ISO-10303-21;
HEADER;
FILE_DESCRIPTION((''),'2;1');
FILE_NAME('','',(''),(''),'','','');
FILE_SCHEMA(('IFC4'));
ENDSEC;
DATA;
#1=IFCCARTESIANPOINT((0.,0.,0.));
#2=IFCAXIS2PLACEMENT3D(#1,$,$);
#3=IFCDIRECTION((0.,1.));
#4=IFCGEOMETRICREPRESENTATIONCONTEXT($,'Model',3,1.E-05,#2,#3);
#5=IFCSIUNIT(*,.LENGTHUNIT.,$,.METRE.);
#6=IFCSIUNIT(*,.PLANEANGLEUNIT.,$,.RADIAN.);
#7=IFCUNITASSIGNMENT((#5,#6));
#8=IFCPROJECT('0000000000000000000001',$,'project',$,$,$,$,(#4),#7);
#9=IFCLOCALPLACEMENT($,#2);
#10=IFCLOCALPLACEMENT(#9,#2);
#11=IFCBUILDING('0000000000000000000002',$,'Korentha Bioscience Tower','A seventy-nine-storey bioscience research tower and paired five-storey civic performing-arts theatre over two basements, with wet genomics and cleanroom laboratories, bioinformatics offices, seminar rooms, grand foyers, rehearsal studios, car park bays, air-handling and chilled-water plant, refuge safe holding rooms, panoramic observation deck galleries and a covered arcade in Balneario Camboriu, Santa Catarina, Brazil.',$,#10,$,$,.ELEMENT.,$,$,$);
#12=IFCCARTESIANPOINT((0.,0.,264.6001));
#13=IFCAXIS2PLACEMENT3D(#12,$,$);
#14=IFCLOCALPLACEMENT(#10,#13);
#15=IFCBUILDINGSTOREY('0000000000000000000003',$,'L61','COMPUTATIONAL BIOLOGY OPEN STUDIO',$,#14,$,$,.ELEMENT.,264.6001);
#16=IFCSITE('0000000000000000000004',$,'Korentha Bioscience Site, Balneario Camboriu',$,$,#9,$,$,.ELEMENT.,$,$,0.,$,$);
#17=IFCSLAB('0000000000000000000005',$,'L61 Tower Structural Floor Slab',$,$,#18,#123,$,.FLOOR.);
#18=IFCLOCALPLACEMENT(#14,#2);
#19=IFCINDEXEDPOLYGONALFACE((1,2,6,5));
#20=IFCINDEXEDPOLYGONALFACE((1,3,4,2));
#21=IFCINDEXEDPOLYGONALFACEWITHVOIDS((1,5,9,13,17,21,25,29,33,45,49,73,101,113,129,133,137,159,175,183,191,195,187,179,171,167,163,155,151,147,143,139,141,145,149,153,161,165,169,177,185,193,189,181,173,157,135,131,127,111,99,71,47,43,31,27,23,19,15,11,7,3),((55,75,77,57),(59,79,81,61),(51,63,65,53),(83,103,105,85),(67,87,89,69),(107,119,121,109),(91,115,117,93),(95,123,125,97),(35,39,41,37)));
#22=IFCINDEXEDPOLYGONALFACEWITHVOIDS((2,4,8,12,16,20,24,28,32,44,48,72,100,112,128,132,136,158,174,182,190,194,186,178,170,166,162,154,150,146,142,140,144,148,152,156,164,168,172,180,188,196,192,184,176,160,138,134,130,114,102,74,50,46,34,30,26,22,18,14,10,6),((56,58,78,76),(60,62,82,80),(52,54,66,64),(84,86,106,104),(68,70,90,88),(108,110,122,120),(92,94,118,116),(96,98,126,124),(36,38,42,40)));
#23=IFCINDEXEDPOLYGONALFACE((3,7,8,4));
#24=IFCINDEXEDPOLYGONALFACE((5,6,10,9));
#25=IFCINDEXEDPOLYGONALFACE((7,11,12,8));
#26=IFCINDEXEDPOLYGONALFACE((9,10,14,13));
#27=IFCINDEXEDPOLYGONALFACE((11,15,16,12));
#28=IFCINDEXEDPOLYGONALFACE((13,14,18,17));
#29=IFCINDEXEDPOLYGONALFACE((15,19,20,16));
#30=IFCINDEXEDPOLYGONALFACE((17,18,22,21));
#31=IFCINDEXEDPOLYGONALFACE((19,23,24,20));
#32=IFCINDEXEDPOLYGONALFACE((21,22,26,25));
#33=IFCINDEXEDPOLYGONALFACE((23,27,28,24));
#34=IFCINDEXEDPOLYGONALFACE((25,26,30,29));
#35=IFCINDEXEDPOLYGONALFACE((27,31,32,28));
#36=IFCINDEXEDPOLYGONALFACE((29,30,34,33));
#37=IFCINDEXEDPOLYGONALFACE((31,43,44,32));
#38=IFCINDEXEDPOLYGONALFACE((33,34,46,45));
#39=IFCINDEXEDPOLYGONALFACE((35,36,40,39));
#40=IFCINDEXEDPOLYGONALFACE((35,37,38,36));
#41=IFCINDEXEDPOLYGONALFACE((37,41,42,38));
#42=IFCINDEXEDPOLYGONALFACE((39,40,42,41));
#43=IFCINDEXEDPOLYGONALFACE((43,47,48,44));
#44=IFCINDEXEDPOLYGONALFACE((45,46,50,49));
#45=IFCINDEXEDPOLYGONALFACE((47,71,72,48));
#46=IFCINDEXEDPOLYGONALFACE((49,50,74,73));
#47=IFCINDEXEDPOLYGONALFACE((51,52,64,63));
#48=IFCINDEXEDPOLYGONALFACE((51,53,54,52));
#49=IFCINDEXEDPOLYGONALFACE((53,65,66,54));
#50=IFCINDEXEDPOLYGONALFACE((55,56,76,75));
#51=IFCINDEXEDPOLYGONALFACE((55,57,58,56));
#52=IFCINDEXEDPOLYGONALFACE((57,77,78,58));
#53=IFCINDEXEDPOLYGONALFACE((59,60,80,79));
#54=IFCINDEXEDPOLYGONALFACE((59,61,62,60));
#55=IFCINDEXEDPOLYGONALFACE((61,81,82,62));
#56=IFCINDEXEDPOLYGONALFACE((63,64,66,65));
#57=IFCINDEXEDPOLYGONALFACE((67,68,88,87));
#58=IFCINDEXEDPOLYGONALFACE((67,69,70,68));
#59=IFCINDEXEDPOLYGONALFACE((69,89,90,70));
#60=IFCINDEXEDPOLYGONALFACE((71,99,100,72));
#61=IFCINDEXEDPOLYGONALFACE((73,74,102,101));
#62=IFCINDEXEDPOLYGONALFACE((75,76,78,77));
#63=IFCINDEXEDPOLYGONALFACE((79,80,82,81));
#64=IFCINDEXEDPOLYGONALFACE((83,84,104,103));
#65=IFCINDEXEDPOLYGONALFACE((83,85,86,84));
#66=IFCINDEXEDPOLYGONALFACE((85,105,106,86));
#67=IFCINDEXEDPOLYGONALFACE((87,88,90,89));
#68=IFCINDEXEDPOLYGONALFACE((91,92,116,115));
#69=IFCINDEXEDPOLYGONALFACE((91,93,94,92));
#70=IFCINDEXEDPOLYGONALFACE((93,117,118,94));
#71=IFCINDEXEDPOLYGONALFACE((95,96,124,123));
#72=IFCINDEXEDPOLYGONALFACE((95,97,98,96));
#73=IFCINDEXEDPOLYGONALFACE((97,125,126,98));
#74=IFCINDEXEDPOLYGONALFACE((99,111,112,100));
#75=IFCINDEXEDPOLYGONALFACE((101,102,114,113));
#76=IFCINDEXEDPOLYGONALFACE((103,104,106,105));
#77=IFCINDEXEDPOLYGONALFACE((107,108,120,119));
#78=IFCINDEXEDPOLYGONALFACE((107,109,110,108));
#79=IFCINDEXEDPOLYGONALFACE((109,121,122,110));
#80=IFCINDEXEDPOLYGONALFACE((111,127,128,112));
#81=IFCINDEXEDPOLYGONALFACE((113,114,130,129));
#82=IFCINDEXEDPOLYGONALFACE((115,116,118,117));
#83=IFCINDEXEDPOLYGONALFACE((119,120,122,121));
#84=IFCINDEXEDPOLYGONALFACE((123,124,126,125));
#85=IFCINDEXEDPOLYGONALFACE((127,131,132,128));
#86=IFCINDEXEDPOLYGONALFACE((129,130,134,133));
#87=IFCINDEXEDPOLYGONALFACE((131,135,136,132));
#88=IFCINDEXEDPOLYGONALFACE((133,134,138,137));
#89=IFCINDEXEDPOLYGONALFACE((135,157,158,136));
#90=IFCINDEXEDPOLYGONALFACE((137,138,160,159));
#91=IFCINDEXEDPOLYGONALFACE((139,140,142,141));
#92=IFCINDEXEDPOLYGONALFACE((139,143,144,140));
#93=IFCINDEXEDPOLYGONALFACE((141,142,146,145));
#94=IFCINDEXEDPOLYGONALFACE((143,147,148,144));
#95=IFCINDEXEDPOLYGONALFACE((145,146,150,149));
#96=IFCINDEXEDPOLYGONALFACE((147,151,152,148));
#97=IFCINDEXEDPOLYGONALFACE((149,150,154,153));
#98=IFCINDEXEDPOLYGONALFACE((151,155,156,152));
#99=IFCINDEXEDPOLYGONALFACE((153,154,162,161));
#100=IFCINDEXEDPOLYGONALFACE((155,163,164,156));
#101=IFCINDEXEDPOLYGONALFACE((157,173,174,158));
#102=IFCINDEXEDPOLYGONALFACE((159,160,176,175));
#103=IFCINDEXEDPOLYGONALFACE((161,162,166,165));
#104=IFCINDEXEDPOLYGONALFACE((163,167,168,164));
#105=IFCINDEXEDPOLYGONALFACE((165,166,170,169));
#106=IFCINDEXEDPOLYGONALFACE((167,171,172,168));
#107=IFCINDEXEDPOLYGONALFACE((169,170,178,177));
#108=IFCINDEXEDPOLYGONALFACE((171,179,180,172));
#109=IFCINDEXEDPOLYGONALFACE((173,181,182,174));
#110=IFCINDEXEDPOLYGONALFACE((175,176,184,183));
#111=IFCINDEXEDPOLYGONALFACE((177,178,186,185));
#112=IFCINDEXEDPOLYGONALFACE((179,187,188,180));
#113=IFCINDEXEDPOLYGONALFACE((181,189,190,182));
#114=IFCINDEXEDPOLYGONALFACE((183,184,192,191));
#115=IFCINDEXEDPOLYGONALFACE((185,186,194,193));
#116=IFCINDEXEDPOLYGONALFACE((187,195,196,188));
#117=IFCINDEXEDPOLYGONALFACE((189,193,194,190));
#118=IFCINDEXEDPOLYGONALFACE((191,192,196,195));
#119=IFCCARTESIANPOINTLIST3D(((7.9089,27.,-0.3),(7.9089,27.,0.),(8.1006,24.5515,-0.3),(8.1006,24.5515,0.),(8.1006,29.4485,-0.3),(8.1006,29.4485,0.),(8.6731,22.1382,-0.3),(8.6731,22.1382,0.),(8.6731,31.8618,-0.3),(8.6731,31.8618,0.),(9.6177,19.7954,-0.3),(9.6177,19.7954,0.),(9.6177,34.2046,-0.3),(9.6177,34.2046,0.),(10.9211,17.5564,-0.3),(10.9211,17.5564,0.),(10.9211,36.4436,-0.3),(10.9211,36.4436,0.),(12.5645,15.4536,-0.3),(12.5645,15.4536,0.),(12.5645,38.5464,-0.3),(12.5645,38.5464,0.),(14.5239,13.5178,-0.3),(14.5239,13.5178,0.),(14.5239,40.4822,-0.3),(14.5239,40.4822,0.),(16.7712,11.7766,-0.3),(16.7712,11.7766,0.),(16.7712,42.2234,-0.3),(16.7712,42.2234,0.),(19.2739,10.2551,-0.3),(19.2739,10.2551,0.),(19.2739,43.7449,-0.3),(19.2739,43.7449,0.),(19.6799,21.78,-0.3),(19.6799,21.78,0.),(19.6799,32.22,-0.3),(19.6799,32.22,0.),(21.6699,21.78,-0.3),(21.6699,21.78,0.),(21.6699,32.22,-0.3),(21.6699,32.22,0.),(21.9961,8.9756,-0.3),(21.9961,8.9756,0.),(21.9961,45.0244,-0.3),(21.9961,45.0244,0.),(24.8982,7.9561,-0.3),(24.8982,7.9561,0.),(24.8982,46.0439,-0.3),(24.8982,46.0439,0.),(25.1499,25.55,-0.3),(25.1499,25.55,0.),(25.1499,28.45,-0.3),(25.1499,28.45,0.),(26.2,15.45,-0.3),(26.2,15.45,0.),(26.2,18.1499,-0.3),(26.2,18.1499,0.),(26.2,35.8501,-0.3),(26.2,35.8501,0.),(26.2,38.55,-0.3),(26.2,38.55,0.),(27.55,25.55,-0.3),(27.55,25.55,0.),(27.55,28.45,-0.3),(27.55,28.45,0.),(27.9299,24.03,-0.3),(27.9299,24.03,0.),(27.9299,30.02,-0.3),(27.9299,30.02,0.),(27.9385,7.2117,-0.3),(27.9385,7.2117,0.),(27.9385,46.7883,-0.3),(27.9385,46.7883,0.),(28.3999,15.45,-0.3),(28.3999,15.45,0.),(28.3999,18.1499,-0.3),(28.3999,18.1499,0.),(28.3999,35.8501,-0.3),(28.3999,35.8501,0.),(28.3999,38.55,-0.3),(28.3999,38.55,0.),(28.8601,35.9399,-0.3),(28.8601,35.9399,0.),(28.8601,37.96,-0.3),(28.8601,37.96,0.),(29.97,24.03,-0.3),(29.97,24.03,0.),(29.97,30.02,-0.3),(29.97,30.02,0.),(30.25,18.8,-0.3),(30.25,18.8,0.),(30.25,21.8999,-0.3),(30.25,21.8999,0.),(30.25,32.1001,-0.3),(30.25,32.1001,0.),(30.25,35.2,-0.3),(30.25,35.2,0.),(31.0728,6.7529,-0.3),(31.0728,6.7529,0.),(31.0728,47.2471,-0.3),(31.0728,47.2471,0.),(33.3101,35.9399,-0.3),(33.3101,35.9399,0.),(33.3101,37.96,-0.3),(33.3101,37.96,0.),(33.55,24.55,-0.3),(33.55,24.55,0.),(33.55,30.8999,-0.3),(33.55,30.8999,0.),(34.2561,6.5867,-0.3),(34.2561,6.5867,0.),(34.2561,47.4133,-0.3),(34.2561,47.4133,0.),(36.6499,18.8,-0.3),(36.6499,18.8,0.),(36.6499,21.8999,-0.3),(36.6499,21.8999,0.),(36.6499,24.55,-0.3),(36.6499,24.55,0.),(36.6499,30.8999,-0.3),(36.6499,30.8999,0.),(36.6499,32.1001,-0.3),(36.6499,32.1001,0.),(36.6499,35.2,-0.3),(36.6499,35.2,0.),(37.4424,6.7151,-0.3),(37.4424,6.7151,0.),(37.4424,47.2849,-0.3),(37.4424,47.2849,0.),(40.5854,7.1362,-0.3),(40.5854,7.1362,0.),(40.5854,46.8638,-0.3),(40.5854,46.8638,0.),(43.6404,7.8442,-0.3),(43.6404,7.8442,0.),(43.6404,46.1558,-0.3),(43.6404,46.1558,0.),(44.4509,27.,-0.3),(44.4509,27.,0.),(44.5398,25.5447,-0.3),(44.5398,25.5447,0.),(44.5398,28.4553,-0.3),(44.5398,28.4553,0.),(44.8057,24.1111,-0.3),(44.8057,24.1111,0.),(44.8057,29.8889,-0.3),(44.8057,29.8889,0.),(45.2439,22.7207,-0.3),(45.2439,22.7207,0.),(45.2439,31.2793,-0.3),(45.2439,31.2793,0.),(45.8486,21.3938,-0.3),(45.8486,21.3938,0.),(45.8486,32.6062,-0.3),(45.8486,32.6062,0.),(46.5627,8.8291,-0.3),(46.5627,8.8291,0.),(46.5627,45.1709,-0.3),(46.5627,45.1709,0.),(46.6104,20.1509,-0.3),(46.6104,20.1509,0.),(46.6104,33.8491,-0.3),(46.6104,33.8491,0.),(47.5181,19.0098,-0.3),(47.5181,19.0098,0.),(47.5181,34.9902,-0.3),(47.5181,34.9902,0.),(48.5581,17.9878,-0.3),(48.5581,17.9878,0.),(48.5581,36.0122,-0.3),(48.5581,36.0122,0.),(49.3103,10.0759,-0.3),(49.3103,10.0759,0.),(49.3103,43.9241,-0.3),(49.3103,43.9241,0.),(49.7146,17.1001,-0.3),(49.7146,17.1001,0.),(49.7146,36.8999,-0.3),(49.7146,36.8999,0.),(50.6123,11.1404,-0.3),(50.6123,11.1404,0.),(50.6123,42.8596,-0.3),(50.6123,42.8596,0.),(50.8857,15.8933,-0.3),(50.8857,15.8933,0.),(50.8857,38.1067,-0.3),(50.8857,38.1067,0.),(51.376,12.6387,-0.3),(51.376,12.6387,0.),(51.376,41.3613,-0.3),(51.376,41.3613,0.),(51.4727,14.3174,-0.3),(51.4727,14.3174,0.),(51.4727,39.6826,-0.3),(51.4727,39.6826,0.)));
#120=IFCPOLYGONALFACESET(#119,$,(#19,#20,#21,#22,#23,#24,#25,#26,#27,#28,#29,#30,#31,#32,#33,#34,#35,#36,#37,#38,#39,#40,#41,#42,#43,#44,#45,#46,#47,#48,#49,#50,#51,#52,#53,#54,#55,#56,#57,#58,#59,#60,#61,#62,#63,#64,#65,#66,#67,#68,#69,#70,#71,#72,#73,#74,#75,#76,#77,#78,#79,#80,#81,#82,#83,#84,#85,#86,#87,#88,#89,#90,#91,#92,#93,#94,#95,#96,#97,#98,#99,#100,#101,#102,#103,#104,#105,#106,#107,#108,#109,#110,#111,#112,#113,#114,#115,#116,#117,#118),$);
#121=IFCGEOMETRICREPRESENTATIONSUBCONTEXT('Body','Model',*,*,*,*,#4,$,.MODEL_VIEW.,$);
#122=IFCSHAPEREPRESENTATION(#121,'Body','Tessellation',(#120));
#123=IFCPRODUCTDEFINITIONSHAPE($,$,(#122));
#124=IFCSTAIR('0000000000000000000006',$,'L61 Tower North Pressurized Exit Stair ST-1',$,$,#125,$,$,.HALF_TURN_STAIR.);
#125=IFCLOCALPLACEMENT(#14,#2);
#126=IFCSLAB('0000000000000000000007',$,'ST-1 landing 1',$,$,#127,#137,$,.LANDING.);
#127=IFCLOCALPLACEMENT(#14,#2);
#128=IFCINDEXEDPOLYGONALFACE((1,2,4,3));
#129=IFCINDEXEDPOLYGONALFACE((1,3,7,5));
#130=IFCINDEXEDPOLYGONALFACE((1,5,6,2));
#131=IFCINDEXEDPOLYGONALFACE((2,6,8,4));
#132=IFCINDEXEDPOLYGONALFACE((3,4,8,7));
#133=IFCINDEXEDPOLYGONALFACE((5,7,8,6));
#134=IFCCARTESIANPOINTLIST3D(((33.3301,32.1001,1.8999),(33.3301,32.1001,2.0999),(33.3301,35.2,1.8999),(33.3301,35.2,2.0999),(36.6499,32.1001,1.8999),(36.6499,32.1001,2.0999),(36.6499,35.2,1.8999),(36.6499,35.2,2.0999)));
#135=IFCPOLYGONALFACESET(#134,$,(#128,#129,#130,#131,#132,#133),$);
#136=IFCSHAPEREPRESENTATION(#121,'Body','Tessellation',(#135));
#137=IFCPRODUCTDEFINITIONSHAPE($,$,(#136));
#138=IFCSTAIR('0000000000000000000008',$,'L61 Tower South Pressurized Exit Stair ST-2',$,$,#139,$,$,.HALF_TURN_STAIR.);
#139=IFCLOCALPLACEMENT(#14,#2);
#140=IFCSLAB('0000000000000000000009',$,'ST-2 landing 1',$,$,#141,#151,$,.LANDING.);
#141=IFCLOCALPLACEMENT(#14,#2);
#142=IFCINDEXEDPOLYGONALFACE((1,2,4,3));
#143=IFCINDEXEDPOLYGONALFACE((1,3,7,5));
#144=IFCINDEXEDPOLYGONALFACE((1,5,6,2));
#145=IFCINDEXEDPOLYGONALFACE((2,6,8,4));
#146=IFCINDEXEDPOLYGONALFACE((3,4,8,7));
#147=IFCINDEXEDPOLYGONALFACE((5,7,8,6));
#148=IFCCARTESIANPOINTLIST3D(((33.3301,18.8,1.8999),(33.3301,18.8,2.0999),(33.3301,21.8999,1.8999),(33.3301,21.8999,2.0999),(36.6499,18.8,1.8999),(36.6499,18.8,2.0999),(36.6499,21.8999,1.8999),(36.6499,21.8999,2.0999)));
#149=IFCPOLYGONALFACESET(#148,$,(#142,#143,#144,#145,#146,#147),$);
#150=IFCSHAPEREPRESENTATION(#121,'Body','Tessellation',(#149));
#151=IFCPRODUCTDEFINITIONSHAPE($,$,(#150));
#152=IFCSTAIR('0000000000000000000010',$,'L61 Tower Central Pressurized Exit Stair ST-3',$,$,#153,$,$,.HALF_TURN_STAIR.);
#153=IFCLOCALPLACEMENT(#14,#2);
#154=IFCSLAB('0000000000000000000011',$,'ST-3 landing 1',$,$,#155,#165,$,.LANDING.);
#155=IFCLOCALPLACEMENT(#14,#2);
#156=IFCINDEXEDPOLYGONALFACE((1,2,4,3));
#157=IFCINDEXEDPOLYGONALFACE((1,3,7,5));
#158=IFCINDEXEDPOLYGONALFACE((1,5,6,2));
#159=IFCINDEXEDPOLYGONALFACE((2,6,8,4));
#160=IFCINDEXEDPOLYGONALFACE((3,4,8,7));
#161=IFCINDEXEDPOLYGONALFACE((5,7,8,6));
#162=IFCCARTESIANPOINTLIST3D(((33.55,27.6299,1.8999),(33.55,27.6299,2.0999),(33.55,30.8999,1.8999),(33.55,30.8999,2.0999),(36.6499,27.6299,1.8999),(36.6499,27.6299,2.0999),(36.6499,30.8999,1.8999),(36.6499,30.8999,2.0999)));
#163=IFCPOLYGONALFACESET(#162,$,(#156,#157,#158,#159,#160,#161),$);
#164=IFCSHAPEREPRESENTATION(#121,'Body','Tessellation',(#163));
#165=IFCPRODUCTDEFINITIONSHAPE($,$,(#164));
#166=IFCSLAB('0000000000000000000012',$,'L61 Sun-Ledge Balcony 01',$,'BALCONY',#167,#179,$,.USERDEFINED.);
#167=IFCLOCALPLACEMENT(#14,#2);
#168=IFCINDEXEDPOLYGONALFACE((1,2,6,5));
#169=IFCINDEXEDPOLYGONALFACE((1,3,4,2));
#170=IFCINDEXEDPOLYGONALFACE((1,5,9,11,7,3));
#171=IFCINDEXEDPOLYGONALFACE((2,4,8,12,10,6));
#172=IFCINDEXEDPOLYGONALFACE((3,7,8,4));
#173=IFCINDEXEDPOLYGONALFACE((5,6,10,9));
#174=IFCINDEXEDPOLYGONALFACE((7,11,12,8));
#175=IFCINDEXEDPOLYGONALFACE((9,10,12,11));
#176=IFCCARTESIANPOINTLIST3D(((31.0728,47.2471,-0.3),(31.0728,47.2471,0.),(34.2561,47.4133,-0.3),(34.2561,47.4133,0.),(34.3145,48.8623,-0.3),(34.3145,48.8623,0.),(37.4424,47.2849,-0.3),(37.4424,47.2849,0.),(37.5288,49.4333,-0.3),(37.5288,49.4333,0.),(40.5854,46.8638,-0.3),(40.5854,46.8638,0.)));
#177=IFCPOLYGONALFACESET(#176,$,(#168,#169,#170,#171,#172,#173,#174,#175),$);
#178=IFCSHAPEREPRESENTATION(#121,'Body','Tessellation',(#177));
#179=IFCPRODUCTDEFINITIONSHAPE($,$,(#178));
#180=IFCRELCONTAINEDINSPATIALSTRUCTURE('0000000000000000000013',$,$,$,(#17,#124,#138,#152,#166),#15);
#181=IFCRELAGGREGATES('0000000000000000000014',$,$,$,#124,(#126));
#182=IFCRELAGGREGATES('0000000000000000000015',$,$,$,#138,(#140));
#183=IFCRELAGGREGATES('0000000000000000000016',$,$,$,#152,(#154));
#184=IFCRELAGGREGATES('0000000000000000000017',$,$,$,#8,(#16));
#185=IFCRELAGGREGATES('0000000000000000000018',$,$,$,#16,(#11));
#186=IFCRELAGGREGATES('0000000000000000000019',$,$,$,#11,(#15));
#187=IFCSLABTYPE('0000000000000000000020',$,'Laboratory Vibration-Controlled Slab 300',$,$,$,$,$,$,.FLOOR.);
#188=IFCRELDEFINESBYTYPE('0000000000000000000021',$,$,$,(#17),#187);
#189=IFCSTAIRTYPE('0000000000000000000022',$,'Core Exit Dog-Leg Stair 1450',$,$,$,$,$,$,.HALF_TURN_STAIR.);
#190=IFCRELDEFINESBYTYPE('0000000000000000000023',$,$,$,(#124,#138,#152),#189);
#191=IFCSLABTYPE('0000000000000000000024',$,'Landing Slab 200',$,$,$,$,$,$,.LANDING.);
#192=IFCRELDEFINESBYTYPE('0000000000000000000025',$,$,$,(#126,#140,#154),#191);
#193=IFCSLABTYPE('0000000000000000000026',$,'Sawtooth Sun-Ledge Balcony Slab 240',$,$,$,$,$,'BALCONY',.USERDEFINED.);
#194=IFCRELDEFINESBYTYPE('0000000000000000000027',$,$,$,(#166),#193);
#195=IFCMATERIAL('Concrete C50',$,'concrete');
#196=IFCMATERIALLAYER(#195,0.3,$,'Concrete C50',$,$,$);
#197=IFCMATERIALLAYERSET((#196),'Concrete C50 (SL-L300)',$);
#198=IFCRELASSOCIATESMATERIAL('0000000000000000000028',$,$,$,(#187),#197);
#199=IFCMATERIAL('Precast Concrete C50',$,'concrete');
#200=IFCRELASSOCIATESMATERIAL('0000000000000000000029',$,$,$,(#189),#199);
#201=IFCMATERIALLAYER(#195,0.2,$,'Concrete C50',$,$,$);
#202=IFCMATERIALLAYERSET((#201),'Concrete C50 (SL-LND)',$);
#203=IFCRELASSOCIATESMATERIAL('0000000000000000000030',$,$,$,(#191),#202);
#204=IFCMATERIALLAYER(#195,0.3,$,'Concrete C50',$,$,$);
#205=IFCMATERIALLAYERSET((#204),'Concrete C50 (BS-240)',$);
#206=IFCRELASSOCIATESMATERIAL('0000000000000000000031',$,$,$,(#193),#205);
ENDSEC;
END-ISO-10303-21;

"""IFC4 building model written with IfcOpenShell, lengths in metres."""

from ifc_helpers import new_model, si_unit, direction, frame, origin, place, context, subcontext, project, spatial, polyline, outline, extrude, material, layer, layer_set, type_object, element, aggregate, save


model = new_model("IFC4")

# Units and contexts
model_context = context("Model", 3, precision=1e-05, world=origin(), true_north=direction((0.0, 1.0)))
body_context = subcontext(model_context, "Body", "Model", "MODEL_VIEW")
ifc_project = project(units=[si_unit("LENGTHUNIT", "METRE"), si_unit("PLANEANGLEUNIT", "RADIAN")], contexts=[model_context])

# Site, building, storey
site_placement = place(None, origin())
site = spatial("IfcSite", under=ifc_project, at=site_placement, Name="Korentha Bioscience Site, Balneario Camboriu", CompositionType="ELEMENT", RefElevation=0.0)
building_placement = place(site_placement, origin())
building = spatial("IfcBuilding", under=site, at=building_placement, Name="Korentha Bioscience Tower", Description="A seventy-nine-storey bioscience research tower and paired five-storey civic performing-arts theatre over two basements, with wet genomics and cleanroom laboratories, bioinformatics offices, seminar rooms, grand foyers, rehearsal studios, car park bays, air-handling and chilled-water plant, refuge safe holding rooms, panoramic observation deck galleries and a covered arcade in Balneario Camboriu, Santa Catarina, Brazil.", CompositionType="ELEMENT")
storey_placement = place(building_placement, frame((0.0, 0.0, 264.6001)))
storey = spatial("IfcBuildingStorey", under=building, at=storey_placement, Name="L61", Description="COMPUTATIONAL BIOLOGY OPEN STUDIO", CompositionType="ELEMENT", Elevation=264.6001)

# Slab
ifc_material_1 = material(Name="Concrete C50", Category="concrete")
ifc_layer_1 = layer(ifc_material_1, 0.3, Name="Concrete C50")
ifc_layer_set_1 = layer_set([ifc_layer_1], Name="Concrete C50 (SL-L300)")
slab_type_1 = type_object("IfcSlabType", Name="Laboratory Vibration-Controlled Slab 300", PredefinedType="FLOOR", material=ifc_layer_set_1)
slab_1_placement = place(storey_placement, frame((0.0, 0.0, -0.3)))
element("IfcSlab", 1, at=slab_1_placement, inside=storey, type_object=slab_type_1, Name="L61 Tower Structural Floor Slab", PredefinedType="FLOOR", context=body_context, shape_type="SweptSolid", body=[
    extrude(outline(polyline([(49.3103, 43.9241), (46.5627, 45.1709), (43.6404, 46.1558), (40.5854, 46.8638), (37.4424, 47.2849), (34.2561, 47.4133), (31.0728, 47.2471), (27.9385, 46.7883), (24.8982, 46.0439), (21.9961, 45.0244), (19.2739, 43.7449), (16.7712, 42.2234), (14.5239, 40.4822), (12.5645, 38.5464), (10.9211, 36.4436), (9.6177, 34.2046), (8.6731, 31.8618), (8.1006, 29.4485), (7.9089, 27.0), (8.1006, 24.5515), (8.6731, 22.1382), (9.6177, 19.7954), (10.9211, 17.5564), (12.5645, 15.4536), (14.5239, 13.5178), (16.7712, 11.7766), (19.2739, 10.2551), (21.9961, 8.9756), (24.8982, 7.9561), (27.9385, 7.2117), (31.0728, 6.7529), (34.2561, 6.5867), (37.4424, 6.7151), (40.5854, 7.1362), (43.6404, 7.8442), (46.5627, 8.8291), (49.3103, 10.0759), (50.6123, 11.1404), (51.376, 12.6387), (51.4727, 14.3174), (50.8857, 15.8933), (49.7146, 17.1001), (48.5581, 17.9878), (47.5181, 19.0098), (46.6104, 20.1509), (45.8486, 21.3938), (45.2439, 22.7207), (44.8057, 24.1111), (44.5398, 25.5447), (44.4509, 27.0), (44.5398, 28.4553), (44.8057, 29.8889), (45.2439, 31.2793), (45.8486, 32.6062), (46.6104, 33.8491), (47.5181, 34.9902), (48.5581, 36.0122), (49.7146, 36.8999), (50.8857, 38.1067), (51.4727, 39.6826), (51.376, 41.3613), (50.6123, 42.8596), (49.3103, 43.9241)]), holes=[polyline([(30.25, 32.1001), (36.6499, 32.1001), (36.6499, 35.2), (30.25, 35.2), (30.25, 32.1001)]), polyline([(30.25, 18.8), (36.6499, 18.8), (36.6499, 21.8999), (30.25, 21.8999), (30.25, 18.8)]), polyline([(36.6499, 24.55), (36.6499, 30.8999), (33.55, 30.8999), (33.55, 24.55), (36.6499, 24.55)]), polyline([(19.6799, 21.78), (21.6699, 21.78), (21.6699, 32.22), (19.6799, 32.22), (19.6799, 21.78)]), polyline([(27.9299, 24.03), (29.97, 24.03), (29.97, 30.02), (27.9299, 30.02), (27.9299, 24.03)]), polyline([(28.8601, 35.9399), (33.3101, 35.9399), (33.3101, 37.96), (28.8601, 37.96), (28.8601, 35.9399)]), polyline([(26.2, 15.45), (28.3999, 15.45), (28.3999, 18.1499), (26.2, 18.1499), (26.2, 15.45)]), polyline([(26.2, 35.8501), (28.3999, 35.8501), (28.3999, 38.55), (26.2, 38.55), (26.2, 35.8501)]), polyline([(25.1499, 25.55), (27.55, 25.55), (27.55, 28.45), (25.1499, 28.45), (25.1499, 25.55)])]), origin(), (0.0, 0.0, 1.0), 0.3),
])

# Stairs, slabs
ifc_material_2 = material(Name="Precast Concrete C50", Category="concrete")
stair_type = type_object("IfcStairType", Name="Core Exit Dog-Leg Stair 1450", PredefinedType="HALF_TURN_STAIR", material=ifc_material_2)
stair_1_placement = place(storey_placement, origin())
stair_1 = element("IfcStair", 2, at=stair_1_placement, inside=storey, type_object=stair_type, Name="L61 Tower North Pressurized Exit Stair ST-1", PredefinedType="HALF_TURN_STAIR")
ifc_layer_2 = layer(ifc_material_1, 0.2, Name="Concrete C50")
ifc_layer_set_2 = layer_set([ifc_layer_2], Name="Concrete C50 (SL-LND)")
slab_type_2 = type_object("IfcSlabType", Name="Landing Slab 200", PredefinedType="LANDING", material=ifc_layer_set_2)
slab_2_placement = place(storey_placement, frame((0.0, 0.0, 1.8999)))
slab_2 = element("IfcSlab", 3, at=slab_2_placement, type_object=slab_type_2, Name="ST-1 landing 1", PredefinedType="LANDING", context=body_context, shape_type="SweptSolid", body=[
    extrude(outline(polyline([(33.3301, 32.1001), (36.6499, 32.1001), (36.6499, 35.2), (33.3301, 35.2), (33.3301, 32.1001)])), origin(), (0.0, 0.0, 1.0), 0.2),
])
aggregate(stair_1, [slab_2])
stair_2_placement = place(storey_placement, origin())
stair_2 = element("IfcStair", 4, at=stair_2_placement, inside=storey, type_object=stair_type, Name="L61 Tower South Pressurized Exit Stair ST-2", PredefinedType="HALF_TURN_STAIR")
slab_3_placement = place(storey_placement, frame((0.0, 0.0, 1.8999)))
slab_3 = element("IfcSlab", 5, at=slab_3_placement, type_object=slab_type_2, Name="ST-2 landing 1", PredefinedType="LANDING", context=body_context, shape_type="SweptSolid", body=[
    extrude(outline(polyline([(33.3301, 18.8), (36.6499, 18.8), (36.6499, 21.8999), (33.3301, 21.8999), (33.3301, 18.8)])), origin(), (0.0, 0.0, 1.0), 0.2),
])
aggregate(stair_2, [slab_3])
stair_3_placement = place(storey_placement, origin())
stair_3 = element("IfcStair", 6, at=stair_3_placement, inside=storey, type_object=stair_type, Name="L61 Tower Central Pressurized Exit Stair ST-3", PredefinedType="HALF_TURN_STAIR")
slab_4_placement = place(storey_placement, frame((0.0, 0.0, 1.8999)))
slab_4 = element("IfcSlab", 7, at=slab_4_placement, type_object=slab_type_2, Name="ST-3 landing 1", PredefinedType="LANDING", context=body_context, shape_type="SweptSolid", body=[
    extrude(outline(polyline([(36.6499, 27.6299), (36.6499, 30.8999), (33.55, 30.8999), (33.55, 27.6299), (36.6499, 27.6299)])), origin(), (0.0, 0.0, 1.0), 0.2),
])
aggregate(stair_3, [slab_4])

# Slab
ifc_layer_3 = layer(ifc_material_1, 0.3, Name="Concrete C50")
ifc_layer_set_3 = layer_set([ifc_layer_3], Name="Concrete C50 (BS-240)")
slab_type_3 = type_object("IfcSlabType", Name="Sawtooth Sun-Ledge Balcony Slab 240", ElementType="BALCONY", PredefinedType="USERDEFINED", material=ifc_layer_set_3)
slab_5_placement = place(storey_placement, frame((0.0, 0.0, -0.3)))
element("IfcSlab", 8, at=slab_5_placement, inside=storey, type_object=slab_type_3, Name="L61 Sun-Ledge Balcony 01", ObjectType="BALCONY", PredefinedType="USERDEFINED", context=body_context, shape_type="SweptSolid", body=[
    extrude(outline(polyline([(31.0728, 47.2471), (34.2561, 47.4133), (37.4424, 47.2849), (40.5854, 46.8638), (37.5288, 49.4333), (34.3145, 48.8623), (31.0728, 47.2471)])), origin(), (0.0, 0.0, 1.0), 0.3),
])

save(model, "model.ifc")
